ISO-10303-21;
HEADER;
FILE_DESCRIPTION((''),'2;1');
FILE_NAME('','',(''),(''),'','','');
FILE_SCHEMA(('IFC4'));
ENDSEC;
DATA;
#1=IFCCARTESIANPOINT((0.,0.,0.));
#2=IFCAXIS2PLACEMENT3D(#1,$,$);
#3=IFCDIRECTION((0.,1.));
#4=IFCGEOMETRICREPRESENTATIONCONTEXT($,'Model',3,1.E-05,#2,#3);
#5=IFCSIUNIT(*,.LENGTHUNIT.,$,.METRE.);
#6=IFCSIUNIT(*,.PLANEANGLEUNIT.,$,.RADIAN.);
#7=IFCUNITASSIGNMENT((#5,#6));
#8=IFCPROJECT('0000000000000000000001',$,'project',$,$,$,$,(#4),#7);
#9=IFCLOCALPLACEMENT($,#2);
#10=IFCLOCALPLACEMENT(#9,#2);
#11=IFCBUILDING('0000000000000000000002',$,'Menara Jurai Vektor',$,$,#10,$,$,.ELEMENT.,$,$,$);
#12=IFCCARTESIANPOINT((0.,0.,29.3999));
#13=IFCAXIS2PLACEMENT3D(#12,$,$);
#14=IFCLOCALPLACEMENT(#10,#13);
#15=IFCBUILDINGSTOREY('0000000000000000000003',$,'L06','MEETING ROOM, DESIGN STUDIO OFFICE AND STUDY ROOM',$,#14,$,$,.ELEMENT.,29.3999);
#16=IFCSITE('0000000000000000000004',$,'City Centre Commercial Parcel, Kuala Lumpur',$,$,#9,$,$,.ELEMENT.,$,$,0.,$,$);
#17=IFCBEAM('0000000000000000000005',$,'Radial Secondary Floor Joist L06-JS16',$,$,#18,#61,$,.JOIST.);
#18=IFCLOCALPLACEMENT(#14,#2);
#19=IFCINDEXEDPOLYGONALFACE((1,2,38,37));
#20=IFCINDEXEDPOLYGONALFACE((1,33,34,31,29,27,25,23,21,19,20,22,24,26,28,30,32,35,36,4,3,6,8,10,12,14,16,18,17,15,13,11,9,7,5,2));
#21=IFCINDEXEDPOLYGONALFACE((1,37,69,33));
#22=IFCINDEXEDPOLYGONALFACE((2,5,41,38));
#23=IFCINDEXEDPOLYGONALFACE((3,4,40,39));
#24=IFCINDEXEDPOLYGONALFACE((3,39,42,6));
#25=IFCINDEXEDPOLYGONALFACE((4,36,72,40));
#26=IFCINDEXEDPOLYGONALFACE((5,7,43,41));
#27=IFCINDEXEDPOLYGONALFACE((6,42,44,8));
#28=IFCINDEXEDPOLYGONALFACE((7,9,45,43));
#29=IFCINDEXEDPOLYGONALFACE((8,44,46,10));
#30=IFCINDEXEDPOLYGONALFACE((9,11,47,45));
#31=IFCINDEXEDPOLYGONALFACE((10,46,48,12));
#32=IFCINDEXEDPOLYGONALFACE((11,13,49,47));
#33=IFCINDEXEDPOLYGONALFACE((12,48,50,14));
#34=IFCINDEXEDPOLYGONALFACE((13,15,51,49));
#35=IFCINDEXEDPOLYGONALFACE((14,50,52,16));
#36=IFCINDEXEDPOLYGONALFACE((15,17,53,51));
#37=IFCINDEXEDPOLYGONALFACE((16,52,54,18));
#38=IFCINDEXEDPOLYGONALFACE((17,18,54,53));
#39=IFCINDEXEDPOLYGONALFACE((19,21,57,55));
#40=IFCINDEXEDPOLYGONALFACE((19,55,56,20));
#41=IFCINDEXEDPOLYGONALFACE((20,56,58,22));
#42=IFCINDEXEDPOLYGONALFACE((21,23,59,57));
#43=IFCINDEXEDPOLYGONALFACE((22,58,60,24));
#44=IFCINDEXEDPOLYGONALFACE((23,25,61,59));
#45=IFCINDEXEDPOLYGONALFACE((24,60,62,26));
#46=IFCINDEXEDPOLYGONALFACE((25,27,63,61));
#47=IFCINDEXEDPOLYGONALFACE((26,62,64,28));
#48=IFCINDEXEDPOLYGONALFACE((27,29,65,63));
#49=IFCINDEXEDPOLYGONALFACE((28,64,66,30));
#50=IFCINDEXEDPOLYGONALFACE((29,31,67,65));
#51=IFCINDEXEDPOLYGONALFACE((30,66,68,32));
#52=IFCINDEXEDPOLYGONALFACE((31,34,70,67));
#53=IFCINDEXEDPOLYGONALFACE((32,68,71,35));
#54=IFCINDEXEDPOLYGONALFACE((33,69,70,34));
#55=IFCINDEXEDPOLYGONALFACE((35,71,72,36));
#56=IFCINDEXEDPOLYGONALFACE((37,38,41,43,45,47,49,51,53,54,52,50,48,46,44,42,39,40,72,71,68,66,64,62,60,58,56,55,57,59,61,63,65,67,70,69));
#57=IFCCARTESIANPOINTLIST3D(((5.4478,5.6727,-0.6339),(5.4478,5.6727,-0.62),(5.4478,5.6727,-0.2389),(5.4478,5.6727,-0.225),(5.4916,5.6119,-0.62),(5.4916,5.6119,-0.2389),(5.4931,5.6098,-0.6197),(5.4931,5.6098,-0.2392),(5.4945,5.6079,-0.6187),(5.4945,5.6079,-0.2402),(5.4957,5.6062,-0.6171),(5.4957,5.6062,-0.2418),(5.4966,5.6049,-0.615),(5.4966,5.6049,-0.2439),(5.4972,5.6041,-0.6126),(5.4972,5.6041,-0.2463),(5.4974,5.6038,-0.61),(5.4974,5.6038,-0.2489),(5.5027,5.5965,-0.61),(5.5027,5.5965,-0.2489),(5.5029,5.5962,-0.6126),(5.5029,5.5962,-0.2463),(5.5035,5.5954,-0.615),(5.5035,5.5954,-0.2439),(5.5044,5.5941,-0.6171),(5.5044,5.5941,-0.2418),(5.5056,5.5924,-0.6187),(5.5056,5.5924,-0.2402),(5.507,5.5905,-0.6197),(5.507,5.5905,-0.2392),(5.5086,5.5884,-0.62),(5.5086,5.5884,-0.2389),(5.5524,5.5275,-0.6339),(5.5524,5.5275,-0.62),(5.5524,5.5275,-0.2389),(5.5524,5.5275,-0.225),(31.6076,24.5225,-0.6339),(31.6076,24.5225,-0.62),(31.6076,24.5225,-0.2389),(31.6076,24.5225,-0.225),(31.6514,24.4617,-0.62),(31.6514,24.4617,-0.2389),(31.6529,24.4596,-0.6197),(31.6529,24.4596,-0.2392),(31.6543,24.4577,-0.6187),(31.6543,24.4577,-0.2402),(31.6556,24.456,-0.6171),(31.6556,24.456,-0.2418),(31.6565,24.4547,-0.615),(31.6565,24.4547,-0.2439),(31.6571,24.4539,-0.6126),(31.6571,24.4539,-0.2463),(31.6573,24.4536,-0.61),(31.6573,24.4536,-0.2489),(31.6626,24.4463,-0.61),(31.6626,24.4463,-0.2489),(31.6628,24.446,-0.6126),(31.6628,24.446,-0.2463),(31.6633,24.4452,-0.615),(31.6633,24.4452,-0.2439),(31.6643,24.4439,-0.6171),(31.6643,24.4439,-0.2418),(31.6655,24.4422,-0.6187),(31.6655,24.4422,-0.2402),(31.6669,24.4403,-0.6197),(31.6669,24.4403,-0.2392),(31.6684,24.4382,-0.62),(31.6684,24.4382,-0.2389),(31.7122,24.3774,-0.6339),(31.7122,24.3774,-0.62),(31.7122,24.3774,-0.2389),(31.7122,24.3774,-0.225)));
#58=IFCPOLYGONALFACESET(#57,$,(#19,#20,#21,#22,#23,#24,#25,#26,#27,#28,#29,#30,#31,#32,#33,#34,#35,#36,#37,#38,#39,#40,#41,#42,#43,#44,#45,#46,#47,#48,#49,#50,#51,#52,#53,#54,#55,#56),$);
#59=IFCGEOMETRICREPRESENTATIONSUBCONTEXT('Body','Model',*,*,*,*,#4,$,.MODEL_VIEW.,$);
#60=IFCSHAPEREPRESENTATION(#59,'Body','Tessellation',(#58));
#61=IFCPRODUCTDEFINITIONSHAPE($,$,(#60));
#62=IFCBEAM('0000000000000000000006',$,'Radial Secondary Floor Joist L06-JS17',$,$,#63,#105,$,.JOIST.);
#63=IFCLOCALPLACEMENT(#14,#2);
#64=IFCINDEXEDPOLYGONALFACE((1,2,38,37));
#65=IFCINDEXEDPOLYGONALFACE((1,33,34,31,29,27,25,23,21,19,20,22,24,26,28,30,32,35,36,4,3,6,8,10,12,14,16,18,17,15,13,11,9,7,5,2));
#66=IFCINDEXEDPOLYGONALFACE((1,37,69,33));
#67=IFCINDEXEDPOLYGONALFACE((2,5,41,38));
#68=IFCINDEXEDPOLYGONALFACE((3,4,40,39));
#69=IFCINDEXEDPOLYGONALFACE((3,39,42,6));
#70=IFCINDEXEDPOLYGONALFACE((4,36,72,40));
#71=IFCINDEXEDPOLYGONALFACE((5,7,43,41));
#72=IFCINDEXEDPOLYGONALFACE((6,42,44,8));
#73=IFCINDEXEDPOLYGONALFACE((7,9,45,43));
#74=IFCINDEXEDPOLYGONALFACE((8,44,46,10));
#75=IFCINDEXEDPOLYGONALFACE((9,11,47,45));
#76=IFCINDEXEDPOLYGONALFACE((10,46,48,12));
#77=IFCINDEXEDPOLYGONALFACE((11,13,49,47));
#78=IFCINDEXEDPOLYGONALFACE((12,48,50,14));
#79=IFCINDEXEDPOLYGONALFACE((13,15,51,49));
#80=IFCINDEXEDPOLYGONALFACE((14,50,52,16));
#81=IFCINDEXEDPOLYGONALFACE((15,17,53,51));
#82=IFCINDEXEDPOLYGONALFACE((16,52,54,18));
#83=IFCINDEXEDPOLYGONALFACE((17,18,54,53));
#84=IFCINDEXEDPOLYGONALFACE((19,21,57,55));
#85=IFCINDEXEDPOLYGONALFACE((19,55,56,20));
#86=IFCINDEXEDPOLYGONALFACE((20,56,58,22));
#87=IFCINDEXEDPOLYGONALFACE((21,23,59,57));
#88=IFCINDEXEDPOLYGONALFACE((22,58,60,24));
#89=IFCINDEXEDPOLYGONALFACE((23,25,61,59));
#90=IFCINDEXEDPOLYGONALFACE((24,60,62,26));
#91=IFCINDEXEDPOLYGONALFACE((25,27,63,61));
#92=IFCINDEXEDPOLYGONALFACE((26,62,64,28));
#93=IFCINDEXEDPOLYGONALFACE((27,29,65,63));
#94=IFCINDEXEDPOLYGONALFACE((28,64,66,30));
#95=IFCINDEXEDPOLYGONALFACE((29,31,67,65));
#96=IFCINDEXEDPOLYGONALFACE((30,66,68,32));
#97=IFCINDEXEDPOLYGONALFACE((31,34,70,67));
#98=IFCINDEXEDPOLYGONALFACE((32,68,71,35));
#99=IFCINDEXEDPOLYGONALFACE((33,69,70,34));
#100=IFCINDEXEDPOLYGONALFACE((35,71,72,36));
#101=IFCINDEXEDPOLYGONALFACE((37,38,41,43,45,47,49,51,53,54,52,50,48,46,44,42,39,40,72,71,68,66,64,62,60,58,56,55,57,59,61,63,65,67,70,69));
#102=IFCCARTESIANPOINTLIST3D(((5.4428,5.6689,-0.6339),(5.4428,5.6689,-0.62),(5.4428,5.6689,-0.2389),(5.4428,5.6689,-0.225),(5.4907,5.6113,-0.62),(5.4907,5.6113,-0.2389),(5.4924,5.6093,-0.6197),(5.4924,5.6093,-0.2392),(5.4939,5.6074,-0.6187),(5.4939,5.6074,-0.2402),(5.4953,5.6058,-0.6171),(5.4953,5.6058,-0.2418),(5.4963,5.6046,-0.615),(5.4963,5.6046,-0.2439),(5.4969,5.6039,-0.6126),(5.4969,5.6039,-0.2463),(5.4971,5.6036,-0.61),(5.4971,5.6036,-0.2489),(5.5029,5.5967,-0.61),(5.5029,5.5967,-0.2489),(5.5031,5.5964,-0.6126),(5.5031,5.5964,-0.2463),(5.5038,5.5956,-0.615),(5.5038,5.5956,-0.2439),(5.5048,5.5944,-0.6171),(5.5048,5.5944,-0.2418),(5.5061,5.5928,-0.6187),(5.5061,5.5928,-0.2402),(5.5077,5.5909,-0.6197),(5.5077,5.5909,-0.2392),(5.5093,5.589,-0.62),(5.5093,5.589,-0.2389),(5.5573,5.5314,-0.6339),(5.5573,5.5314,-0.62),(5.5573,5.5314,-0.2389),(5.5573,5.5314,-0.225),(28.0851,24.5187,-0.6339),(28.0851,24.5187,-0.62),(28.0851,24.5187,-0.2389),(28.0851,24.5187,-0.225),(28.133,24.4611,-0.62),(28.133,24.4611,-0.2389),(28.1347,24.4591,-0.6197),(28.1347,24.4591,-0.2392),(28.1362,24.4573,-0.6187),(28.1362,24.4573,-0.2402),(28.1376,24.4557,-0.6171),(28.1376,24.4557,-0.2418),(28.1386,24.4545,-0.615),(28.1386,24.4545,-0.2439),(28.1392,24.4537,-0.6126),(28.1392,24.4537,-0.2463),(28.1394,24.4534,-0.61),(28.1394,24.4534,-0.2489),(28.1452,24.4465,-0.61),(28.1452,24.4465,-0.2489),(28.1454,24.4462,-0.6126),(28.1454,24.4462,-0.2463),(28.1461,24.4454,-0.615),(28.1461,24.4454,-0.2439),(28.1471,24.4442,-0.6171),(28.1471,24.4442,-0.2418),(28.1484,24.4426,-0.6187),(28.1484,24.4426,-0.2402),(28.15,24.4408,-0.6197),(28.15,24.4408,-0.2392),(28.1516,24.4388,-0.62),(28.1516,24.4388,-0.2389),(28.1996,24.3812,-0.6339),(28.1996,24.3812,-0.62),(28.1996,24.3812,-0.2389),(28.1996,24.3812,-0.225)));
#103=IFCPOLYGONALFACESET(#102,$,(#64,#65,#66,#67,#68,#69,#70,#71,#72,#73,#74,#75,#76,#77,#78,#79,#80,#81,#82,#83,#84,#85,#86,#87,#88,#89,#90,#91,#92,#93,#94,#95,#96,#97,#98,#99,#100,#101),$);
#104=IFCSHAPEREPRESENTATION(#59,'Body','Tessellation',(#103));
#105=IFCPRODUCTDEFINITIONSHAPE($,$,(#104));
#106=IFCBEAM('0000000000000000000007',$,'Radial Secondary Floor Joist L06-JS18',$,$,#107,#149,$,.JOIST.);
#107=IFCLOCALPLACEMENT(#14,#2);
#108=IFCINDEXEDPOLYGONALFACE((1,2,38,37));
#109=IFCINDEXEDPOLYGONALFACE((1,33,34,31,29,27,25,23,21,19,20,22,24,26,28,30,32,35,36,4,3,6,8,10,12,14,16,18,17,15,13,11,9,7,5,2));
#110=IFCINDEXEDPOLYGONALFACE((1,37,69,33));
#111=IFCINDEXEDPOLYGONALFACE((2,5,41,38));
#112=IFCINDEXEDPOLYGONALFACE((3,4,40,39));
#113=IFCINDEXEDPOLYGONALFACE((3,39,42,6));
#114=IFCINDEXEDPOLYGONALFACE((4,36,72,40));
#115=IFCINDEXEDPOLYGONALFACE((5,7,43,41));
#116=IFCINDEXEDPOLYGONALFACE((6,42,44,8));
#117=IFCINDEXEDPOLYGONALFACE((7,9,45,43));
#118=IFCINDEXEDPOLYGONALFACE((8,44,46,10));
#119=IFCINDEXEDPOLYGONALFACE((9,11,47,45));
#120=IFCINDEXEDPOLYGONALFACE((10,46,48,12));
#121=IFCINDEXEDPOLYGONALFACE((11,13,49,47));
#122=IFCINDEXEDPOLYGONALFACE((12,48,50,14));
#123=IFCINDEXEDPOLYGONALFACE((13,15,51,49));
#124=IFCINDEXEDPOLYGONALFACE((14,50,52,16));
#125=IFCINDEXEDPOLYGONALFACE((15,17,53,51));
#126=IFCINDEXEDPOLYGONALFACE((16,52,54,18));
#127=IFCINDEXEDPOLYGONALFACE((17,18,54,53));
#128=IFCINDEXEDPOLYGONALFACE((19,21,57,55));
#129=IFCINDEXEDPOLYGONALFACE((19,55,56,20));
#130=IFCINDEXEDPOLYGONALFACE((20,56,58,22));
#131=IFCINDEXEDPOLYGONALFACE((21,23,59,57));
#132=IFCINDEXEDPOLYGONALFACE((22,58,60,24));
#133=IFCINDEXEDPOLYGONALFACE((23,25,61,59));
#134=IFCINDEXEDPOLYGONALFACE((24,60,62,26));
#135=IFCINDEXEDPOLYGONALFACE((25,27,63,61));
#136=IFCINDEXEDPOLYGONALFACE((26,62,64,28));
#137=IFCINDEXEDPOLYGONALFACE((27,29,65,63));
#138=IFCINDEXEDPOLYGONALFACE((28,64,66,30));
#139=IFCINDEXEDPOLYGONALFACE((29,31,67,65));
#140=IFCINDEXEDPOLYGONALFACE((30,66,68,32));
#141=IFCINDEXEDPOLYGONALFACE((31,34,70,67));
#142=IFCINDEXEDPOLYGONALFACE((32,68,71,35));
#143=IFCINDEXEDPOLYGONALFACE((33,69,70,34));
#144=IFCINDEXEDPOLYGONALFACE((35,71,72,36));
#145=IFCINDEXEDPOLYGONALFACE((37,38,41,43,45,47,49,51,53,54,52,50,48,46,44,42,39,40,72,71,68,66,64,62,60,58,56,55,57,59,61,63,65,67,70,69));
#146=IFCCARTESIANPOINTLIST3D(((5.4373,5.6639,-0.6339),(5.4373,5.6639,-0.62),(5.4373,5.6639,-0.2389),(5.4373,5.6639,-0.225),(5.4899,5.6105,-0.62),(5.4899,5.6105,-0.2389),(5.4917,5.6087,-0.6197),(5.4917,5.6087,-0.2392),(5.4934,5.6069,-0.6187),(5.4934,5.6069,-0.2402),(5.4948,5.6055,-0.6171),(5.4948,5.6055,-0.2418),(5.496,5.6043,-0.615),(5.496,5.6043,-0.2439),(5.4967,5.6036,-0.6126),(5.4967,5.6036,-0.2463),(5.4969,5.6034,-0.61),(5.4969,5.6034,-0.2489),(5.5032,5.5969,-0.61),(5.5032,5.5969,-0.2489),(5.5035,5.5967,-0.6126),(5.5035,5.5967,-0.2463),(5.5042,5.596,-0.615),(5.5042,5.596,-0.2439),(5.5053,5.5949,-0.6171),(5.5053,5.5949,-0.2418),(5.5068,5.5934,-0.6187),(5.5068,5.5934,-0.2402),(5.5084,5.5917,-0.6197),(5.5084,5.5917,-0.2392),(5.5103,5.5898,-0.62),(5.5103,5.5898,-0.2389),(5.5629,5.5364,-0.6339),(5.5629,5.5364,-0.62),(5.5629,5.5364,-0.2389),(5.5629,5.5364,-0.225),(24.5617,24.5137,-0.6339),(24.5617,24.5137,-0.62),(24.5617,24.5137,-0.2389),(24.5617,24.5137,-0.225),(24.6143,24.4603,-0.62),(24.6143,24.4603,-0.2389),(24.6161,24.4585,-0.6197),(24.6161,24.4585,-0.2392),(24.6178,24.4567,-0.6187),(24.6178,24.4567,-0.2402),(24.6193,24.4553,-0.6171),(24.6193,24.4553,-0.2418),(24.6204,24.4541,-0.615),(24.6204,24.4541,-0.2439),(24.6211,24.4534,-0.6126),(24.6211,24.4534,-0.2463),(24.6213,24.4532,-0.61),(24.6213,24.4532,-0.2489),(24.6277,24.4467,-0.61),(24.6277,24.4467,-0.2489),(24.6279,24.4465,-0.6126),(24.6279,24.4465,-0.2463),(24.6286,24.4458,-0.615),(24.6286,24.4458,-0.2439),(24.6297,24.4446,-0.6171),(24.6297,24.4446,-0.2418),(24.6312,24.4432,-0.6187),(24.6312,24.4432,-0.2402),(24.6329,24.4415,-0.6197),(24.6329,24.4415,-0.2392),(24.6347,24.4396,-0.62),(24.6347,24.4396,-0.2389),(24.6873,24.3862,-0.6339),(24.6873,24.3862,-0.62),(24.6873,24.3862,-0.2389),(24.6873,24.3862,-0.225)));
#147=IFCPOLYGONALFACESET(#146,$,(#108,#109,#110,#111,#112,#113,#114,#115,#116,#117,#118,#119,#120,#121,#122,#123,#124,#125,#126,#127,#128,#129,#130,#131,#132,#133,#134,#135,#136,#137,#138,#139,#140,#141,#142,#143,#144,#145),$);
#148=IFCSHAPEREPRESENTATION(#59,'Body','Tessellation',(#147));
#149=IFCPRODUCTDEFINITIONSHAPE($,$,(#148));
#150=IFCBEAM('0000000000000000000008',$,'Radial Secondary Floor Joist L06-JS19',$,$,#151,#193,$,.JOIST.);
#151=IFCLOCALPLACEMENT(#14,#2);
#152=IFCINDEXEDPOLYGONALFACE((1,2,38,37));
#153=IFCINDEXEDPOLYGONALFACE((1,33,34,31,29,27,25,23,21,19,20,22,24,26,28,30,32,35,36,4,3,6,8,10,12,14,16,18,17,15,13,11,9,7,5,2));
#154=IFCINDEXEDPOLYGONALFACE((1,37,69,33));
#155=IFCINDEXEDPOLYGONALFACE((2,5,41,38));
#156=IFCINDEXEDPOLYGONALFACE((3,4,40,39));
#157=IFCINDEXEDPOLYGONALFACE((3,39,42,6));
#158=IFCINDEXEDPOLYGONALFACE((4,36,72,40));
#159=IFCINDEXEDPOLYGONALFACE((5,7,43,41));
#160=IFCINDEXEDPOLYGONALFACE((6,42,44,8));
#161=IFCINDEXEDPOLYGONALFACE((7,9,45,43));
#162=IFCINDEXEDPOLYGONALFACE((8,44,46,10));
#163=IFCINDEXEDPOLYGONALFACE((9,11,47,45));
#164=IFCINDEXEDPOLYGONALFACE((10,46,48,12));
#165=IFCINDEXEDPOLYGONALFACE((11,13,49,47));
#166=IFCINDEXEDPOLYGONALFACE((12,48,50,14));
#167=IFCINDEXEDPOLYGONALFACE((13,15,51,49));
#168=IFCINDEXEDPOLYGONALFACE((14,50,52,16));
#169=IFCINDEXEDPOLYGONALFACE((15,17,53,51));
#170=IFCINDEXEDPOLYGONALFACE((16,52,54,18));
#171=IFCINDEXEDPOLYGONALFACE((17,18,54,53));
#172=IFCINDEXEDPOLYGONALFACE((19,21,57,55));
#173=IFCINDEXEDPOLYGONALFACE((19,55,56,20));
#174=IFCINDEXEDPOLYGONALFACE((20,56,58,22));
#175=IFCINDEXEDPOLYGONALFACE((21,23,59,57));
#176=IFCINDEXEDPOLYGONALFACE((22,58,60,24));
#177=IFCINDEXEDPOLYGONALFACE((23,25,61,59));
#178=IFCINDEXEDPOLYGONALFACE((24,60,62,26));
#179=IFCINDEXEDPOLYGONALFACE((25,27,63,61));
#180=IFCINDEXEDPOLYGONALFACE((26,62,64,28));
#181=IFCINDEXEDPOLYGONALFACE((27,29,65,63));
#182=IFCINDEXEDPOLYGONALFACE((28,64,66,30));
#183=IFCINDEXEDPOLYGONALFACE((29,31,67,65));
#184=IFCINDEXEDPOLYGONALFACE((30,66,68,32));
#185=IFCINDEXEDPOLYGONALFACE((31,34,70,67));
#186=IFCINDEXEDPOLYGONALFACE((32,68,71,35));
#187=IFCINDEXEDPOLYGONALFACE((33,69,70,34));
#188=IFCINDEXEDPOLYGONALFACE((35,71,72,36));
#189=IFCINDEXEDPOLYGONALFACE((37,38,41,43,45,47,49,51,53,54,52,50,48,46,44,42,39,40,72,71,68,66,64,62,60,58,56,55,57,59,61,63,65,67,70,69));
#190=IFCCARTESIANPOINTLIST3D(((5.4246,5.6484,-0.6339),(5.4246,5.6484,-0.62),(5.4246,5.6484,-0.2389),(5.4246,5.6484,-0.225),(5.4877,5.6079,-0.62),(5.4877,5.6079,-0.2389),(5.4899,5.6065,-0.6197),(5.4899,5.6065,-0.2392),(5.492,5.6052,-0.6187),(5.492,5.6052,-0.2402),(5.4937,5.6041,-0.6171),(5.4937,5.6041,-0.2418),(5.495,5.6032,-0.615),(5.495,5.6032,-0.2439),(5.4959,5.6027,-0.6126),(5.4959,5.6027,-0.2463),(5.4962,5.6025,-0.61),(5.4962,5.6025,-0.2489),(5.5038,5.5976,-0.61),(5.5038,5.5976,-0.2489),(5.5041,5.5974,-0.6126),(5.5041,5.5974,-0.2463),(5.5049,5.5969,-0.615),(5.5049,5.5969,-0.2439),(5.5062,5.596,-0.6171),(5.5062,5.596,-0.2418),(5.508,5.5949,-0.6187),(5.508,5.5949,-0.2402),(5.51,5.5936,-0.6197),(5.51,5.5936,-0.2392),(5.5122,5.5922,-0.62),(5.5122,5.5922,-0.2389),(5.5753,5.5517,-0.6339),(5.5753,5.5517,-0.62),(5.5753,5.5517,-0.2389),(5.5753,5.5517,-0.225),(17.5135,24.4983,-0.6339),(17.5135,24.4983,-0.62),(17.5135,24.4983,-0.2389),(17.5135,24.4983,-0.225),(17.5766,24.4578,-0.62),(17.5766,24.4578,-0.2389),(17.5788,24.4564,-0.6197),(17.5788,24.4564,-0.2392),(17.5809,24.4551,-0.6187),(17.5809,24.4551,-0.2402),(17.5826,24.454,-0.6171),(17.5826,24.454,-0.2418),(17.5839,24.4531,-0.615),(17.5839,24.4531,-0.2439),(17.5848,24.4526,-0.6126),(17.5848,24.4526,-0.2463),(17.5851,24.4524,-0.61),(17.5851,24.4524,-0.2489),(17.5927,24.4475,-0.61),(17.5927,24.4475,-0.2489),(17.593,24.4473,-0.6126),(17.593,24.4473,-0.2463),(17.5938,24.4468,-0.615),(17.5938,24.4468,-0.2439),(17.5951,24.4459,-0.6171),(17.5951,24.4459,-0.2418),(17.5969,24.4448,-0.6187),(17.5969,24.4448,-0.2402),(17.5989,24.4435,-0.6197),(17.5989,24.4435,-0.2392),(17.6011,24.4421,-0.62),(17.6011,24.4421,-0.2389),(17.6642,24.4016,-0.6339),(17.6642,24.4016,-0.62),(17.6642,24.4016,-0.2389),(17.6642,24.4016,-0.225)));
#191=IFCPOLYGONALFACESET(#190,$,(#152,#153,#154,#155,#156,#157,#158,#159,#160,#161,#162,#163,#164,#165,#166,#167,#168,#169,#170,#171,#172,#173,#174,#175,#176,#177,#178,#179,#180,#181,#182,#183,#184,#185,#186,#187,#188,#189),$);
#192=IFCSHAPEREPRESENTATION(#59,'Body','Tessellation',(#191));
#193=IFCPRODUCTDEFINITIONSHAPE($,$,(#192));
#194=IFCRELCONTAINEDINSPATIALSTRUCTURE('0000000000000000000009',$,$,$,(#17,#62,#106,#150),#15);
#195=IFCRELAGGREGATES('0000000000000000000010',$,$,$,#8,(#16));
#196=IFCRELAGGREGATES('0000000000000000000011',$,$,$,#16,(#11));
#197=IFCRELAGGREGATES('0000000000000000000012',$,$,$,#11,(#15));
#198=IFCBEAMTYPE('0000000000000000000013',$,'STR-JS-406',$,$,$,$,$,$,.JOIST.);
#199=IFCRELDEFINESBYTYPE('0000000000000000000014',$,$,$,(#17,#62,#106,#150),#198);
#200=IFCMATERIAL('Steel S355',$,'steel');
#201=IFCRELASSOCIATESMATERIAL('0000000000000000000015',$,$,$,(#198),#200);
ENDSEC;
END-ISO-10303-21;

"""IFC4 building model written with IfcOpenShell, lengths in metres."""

from ifc_helpers import new_model, si_unit, direction, frame, origin, origin_2d, place, context, subcontext, project, spatial, i_section, extrude, material, material_profile, profile_set, type_object, element, save


model = new_model("IFC4")

# Units and contexts
model_context = context("Model", 3, precision=1e-05, world=origin(), true_north=direction((0.0, 1.0)))
body_context = subcontext(model_context, "Body", "Model", "MODEL_VIEW")
ifc_project = project(units=[si_unit("LENGTHUNIT", "METRE"), si_unit("PLANEANGLEUNIT", "RADIAN")], contexts=[model_context])

# Site, building, storey
site_placement = place(None, origin())
site = spatial("IfcSite", under=ifc_project, at=site_placement, Name="City Centre Commercial Parcel, Kuala Lumpur", CompositionType="ELEMENT", RefElevation=0.0)
building_placement = place(site_placement, origin())
building = spatial("IfcBuilding", under=site, at=building_placement, Name="Menara Jurai Vektor", CompositionType="ELEMENT")
storey_placement = place(building_placement, frame((0.0, 0.0, 29.3999)))
storey = spatial("IfcBuildingStorey", under=building, at=storey_placement, Name="L06", Description="MEETING ROOM, DESIGN STUDIO OFFICE AND STUDY ROOM", CompositionType="ELEMENT", Elevation=29.3999)

# Beams
ifc_material_1 = material(Name="Steel S355", Category="steel")
ifc_material_profile_1 = material_profile(ifc_material_1, i_section(OverallWidth=0.179, OverallDepth=0.4089, WebThickness=0.009, FlangeThickness=0.0139, FilletRadius=0.01, at=origin_2d()), Name="UKB 406x178x67")
ifc_profile_set_1 = profile_set([ifc_material_profile_1], Name="Steel S355")
beam_type_1 = type_object("IfcBeamType", Name="STR-JS-406", PredefinedType="JOIST", material=ifc_profile_set_1)
beam_1_placement = place(storey_placement, frame((31.6599, 24.45, -0.4294), z_axis=(-0.811318, -0.584605, 0.0), x_axis=(0.584605, -0.811318, 0.0)))
element("IfcBeam", 1, at=beam_1_placement, inside=storey, type_object=beam_type_1, Name="Radial Secondary Floor Joist L06-JS16", PredefinedType="JOIST", context=body_context, shape_type="SweptSolid", body=[
    extrude(i_section(OverallWidth=0.179, OverallDepth=0.4089, WebThickness=0.009, FlangeThickness=0.0139, FilletRadius=0.01, at=origin_2d()), origin(), (0.0, 0.0, 1.0), 32.2437),
])
beam_2_placement = place(storey_placement, frame((28.1423, 24.45, -0.4294), z_axis=(-0.768534, -0.639809, 0.0), x_axis=(0.639809, -0.768534, 0.0)))
element("IfcBeam", 2, at=beam_2_placement, inside=storey, type_object=beam_type_1, Name="Radial Secondary Floor Joist L06-JS17", PredefinedType="JOIST", context=body_context, shape_type="SweptSolid", body=[
    extrude(i_section(OverallWidth=0.179, OverallDepth=0.4089, WebThickness=0.009, FlangeThickness=0.0139, FilletRadius=0.01, at=origin_2d()), origin(), (0.0, 0.0, 1.0), 29.4617),
])
beam_3_placement = place(storey_placement, frame((24.6245, 24.45, -0.4294), z_axis=(-0.712202, -0.701974, 0.0), x_axis=(0.701974, -0.712202, 0.0)))
element("IfcBeam", 3, at=beam_3_placement, inside=storey, type_object=beam_type_1, Name="Radial Secondary Floor Joist L06-JS18", PredefinedType="JOIST", context=body_context, shape_type="SweptSolid", body=[
    extrude(i_section(OverallWidth=0.179, OverallDepth=0.4089, WebThickness=0.009, FlangeThickness=0.0139, FilletRadius=0.01, at=origin_2d()), origin(), (0.0, 0.0, 1.0), 26.8525),
])
beam_4_placement = place(storey_placement, frame((17.5889, 24.45, -0.4294), z_axis=(-0.539844, -0.841765, 0.0), x_axis=(0.841765, -0.539844, 0.0)))
element("IfcBeam", 4, at=beam_4_placement, inside=storey, type_object=beam_type_1, Name="Radial Secondary Floor Joist L06-JS19", PredefinedType="JOIST", context=body_context, shape_type="SweptSolid", body=[
    extrude(i_section(OverallWidth=0.179, OverallDepth=0.4089, WebThickness=0.009, FlangeThickness=0.0139, FilletRadius=0.01, at=origin_2d()), origin(), (0.0, 0.0, 1.0), 22.3933),
])

save(model, "model.ifc")
